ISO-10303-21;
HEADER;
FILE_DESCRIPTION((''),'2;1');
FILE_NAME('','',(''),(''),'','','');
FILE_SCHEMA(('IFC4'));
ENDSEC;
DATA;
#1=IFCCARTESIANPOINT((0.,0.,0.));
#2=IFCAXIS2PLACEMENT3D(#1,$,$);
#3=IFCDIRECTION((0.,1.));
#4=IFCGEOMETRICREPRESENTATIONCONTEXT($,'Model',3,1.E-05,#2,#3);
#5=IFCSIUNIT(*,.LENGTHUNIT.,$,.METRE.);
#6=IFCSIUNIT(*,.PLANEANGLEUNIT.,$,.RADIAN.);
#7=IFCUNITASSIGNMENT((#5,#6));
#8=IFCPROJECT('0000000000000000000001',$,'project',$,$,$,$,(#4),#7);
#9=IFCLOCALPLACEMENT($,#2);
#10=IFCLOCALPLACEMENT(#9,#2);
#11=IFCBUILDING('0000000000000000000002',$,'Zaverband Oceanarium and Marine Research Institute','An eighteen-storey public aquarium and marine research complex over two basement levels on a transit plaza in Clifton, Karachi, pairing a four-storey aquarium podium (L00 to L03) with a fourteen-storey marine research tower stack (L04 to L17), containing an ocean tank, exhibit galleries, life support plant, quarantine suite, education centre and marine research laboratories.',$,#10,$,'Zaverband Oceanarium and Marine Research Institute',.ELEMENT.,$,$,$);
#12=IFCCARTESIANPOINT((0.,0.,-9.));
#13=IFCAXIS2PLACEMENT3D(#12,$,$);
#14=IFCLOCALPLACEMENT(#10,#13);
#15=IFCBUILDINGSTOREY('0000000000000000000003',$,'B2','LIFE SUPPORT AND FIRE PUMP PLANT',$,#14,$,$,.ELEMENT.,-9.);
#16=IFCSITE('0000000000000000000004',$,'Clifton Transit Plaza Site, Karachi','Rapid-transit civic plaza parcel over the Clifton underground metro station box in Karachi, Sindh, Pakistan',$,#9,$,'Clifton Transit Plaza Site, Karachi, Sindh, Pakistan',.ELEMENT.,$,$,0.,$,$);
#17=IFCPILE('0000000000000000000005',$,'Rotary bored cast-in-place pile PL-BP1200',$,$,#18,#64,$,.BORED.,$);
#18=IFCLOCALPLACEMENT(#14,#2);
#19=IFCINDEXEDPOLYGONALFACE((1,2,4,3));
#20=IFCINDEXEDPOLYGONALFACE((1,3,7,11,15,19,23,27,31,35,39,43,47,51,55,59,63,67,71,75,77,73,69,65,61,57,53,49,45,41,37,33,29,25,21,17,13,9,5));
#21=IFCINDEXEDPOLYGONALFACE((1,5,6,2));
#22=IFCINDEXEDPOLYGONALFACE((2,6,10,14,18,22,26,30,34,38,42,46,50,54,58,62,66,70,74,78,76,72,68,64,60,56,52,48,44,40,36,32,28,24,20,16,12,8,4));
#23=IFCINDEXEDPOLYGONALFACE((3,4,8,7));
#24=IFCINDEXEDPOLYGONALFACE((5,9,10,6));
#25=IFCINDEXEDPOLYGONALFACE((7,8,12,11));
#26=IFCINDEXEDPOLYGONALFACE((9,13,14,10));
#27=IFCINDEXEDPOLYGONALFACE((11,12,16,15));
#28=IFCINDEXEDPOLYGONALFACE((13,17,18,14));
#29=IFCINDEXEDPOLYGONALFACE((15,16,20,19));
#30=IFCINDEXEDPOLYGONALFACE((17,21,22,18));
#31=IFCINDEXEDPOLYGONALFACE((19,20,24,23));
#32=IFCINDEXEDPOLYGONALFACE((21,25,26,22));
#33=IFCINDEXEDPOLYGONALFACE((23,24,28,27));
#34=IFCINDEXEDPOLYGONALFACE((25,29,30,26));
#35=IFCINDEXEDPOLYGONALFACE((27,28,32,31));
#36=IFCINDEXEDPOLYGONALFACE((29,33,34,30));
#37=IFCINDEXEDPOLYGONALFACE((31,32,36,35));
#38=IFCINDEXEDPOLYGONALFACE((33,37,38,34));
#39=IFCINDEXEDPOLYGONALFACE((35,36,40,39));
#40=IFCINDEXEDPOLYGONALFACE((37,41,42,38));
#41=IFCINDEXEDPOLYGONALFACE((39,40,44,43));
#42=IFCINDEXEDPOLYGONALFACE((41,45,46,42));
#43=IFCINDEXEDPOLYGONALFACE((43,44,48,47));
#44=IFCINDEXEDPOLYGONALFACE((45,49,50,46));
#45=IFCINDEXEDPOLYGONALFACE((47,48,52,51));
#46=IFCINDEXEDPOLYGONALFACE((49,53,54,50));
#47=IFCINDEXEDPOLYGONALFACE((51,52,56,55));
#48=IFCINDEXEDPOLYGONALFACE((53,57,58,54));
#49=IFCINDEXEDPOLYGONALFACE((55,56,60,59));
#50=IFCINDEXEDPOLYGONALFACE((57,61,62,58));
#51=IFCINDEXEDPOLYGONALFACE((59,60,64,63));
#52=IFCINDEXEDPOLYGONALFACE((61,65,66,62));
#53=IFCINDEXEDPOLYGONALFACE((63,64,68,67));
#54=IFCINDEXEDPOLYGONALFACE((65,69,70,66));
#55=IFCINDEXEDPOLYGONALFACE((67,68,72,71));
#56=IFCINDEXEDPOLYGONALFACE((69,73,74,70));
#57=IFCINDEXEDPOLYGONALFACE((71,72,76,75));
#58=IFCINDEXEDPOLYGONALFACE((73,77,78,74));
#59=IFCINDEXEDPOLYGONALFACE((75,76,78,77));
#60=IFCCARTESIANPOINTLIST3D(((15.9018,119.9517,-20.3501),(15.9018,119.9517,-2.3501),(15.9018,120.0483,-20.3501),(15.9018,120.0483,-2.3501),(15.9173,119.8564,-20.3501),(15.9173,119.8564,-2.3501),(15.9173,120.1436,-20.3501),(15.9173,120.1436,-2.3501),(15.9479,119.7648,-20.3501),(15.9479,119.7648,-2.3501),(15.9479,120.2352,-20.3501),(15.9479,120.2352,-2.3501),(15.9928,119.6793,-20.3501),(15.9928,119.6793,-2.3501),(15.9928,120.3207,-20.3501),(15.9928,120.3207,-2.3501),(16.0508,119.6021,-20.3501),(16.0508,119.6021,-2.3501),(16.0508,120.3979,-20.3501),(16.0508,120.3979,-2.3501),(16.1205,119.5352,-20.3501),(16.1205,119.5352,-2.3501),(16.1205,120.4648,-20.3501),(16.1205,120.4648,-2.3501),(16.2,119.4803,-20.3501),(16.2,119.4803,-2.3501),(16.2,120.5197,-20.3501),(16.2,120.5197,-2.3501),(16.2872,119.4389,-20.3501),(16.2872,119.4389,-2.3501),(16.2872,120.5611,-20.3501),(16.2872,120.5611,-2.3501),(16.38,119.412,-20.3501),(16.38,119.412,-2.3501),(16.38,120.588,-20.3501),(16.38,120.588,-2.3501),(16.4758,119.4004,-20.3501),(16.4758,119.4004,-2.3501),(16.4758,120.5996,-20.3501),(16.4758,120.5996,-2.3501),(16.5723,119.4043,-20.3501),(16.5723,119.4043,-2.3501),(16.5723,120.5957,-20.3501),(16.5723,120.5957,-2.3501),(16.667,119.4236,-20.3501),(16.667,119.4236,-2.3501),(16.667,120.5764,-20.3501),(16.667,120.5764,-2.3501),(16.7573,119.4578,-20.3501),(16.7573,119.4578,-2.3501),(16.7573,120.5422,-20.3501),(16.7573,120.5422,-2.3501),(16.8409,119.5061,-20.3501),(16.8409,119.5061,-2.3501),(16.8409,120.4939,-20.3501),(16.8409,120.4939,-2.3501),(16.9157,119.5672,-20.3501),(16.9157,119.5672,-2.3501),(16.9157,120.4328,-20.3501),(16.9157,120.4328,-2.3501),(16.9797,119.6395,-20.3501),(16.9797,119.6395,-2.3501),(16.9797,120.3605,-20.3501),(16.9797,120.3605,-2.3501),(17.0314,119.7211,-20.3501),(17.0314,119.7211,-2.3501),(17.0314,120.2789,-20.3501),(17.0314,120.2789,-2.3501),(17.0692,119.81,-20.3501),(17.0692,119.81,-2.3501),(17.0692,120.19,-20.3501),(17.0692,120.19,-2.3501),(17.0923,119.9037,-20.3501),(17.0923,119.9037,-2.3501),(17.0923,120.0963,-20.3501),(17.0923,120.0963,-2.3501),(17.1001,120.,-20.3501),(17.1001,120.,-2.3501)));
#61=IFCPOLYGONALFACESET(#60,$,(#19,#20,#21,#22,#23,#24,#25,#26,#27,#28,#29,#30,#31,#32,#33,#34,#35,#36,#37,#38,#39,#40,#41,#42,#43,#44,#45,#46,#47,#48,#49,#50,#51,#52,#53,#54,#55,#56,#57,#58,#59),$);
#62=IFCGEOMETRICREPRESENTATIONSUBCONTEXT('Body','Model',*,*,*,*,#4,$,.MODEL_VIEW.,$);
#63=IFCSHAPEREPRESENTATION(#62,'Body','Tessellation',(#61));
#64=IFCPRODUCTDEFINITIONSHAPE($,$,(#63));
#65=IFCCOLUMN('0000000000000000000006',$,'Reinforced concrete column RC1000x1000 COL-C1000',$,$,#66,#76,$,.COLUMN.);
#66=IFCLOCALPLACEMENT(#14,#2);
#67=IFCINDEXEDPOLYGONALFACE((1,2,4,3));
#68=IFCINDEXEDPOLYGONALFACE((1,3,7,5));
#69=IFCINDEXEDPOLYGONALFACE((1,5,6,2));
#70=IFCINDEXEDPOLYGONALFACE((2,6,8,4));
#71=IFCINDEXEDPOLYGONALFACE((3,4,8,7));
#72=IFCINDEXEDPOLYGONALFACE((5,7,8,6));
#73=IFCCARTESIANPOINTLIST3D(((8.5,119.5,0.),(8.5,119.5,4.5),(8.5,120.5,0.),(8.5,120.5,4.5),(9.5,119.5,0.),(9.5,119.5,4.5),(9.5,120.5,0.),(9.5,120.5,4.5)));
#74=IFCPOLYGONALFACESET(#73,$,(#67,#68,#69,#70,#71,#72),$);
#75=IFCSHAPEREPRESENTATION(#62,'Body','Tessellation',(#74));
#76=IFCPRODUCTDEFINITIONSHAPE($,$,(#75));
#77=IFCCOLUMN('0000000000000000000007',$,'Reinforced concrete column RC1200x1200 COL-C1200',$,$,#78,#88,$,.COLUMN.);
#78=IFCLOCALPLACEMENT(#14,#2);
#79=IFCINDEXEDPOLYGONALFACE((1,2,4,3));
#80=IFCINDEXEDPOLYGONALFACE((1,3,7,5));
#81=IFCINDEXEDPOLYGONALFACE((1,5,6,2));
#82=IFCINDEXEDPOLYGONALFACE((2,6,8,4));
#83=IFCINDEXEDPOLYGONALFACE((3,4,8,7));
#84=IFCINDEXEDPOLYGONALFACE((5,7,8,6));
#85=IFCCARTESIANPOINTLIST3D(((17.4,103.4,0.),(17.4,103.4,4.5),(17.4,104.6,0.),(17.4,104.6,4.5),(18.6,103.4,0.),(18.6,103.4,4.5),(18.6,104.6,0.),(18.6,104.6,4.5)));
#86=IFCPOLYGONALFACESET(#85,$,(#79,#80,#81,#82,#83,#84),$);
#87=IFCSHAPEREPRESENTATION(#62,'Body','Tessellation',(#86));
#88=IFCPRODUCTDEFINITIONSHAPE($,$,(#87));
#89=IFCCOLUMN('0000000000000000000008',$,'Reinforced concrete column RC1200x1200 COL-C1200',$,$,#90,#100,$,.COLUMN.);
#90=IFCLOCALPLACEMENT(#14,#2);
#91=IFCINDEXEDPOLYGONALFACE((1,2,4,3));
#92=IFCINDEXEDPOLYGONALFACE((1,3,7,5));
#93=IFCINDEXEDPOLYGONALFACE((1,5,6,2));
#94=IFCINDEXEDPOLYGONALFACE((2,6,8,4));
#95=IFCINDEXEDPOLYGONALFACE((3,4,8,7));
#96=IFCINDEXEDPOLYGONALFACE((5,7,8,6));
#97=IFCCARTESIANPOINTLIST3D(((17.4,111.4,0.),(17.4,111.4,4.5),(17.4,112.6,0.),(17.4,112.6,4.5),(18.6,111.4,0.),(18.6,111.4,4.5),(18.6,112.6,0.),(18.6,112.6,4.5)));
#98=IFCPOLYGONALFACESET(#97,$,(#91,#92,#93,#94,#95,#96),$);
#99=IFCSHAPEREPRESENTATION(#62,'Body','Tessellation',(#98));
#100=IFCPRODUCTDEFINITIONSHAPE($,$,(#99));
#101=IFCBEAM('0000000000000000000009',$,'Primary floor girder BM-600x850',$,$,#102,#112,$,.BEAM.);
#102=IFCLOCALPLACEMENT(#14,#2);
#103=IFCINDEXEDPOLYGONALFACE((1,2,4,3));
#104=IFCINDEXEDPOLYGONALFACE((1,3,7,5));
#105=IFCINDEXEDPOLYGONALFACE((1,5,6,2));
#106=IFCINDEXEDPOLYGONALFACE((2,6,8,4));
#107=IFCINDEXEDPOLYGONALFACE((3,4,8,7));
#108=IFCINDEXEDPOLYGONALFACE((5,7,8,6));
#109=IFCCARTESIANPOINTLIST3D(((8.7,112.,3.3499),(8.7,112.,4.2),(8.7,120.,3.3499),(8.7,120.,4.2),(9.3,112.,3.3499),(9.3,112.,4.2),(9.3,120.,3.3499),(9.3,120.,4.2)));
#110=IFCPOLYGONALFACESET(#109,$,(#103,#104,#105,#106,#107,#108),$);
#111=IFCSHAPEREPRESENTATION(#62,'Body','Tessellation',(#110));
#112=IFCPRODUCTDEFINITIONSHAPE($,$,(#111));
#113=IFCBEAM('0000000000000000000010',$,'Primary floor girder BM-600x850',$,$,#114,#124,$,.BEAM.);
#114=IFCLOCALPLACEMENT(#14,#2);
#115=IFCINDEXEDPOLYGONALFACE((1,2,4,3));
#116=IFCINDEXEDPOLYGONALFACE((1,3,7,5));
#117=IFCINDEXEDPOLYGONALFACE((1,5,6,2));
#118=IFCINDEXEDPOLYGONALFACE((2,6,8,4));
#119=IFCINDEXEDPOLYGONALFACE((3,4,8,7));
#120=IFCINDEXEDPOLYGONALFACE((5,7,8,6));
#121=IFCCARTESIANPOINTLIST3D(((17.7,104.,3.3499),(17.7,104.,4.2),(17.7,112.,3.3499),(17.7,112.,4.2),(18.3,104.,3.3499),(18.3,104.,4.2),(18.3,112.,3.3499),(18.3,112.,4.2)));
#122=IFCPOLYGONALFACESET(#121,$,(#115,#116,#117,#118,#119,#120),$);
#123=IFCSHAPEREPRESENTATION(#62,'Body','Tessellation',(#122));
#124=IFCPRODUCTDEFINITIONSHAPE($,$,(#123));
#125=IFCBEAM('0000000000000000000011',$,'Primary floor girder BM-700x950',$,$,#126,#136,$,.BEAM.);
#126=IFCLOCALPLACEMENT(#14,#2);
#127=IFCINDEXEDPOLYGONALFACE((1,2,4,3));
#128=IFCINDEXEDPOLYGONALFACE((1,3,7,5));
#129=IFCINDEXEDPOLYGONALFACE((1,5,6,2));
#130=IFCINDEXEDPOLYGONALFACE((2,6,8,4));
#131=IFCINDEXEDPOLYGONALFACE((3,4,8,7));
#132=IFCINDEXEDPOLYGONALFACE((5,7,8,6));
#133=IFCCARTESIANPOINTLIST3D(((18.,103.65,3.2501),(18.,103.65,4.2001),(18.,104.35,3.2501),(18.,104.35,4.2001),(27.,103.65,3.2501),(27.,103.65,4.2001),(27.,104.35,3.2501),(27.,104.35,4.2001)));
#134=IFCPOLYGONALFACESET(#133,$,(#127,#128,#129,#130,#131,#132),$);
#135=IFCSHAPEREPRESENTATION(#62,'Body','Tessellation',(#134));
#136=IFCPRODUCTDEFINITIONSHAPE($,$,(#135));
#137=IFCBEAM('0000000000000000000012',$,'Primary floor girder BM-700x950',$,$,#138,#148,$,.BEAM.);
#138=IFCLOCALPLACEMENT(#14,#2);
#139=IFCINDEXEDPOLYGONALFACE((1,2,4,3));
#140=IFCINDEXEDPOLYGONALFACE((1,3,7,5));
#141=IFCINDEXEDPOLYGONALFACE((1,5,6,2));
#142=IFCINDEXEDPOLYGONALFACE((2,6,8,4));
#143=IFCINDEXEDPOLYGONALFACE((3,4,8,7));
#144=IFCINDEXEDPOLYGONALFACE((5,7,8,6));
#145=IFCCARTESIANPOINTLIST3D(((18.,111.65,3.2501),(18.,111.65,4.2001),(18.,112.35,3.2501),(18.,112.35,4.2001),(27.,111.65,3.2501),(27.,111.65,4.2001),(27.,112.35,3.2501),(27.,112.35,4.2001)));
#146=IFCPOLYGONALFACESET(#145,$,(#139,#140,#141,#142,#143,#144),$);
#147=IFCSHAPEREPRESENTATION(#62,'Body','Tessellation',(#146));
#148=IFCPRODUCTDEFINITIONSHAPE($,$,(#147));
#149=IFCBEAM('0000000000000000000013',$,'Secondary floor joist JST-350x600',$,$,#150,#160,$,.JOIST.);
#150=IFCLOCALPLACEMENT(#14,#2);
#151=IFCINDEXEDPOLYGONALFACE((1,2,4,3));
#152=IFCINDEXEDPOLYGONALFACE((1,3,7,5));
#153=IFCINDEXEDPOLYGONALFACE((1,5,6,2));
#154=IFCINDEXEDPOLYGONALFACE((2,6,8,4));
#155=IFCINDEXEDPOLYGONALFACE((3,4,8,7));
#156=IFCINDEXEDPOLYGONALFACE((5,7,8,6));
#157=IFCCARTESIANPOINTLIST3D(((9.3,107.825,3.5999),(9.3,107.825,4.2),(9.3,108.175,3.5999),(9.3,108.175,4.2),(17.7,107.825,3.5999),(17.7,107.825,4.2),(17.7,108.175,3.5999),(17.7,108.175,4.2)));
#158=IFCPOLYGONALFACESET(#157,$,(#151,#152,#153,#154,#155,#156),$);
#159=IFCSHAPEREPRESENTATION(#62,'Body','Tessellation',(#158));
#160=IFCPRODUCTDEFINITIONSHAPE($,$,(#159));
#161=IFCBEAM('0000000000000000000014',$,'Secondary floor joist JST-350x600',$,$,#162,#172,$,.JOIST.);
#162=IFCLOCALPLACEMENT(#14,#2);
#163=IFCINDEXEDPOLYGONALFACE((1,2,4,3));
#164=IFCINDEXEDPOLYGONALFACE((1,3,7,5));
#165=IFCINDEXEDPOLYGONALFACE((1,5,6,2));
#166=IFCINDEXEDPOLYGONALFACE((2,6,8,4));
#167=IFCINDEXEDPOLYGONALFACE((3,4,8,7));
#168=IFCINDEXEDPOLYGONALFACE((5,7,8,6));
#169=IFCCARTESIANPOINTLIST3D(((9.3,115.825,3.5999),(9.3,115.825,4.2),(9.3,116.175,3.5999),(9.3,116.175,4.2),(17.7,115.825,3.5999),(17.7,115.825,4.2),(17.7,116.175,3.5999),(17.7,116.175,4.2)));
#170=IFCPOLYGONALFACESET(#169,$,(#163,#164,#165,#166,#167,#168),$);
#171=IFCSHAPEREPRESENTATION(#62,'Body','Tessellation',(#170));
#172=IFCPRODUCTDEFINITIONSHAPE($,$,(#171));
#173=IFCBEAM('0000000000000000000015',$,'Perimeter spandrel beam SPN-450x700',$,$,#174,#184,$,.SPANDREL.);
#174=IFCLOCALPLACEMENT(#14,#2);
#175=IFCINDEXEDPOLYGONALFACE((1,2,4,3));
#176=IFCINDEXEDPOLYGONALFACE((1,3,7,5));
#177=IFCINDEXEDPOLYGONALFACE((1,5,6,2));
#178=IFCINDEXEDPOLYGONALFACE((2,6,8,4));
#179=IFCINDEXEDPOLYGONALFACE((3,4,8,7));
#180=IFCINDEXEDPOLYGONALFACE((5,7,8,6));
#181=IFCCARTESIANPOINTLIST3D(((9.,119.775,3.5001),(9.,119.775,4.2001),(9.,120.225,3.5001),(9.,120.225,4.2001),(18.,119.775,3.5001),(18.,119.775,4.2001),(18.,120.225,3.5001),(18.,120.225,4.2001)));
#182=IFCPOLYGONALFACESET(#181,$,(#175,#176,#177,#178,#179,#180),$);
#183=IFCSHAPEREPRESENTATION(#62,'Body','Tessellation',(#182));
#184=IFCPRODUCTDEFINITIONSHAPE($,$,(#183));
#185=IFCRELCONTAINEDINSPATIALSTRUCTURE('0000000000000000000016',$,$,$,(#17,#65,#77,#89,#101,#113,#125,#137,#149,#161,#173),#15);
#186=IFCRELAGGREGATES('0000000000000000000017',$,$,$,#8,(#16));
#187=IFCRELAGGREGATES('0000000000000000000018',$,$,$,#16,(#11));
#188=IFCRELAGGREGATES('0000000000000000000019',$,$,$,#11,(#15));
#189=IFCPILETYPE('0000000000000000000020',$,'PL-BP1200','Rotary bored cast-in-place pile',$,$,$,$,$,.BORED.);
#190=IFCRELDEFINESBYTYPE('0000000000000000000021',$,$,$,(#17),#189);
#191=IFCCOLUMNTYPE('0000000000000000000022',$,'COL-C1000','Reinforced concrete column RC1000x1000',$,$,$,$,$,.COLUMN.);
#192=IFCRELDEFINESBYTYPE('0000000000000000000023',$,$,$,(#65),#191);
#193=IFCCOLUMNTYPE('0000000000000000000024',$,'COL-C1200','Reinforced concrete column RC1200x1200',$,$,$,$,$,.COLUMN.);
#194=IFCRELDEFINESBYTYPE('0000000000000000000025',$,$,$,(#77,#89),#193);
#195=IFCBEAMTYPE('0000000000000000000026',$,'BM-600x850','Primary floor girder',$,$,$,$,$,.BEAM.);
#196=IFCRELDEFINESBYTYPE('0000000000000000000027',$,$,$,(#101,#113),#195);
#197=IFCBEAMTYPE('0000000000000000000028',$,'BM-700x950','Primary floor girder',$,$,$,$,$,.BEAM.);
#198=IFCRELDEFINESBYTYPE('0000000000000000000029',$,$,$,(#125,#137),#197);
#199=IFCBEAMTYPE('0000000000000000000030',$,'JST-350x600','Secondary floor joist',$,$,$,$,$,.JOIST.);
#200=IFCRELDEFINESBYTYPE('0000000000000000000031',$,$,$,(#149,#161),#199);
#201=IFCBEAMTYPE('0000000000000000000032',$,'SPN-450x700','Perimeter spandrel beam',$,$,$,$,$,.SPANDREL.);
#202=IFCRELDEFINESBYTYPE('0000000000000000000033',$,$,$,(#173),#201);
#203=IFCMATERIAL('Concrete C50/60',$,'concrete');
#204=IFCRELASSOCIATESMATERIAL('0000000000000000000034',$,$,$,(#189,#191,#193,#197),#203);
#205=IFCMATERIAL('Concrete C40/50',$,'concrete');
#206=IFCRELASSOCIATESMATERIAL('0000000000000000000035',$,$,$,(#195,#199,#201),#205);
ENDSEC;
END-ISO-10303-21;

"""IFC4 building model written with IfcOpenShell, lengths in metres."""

from ifc_helpers import new_model, si_unit, direction, frame, origin, origin_2d, place, context, subcontext, project, spatial, rectangle, circle, extrude, material, material_profile, profile_set, type_object, element, save


model = new_model("IFC4")

# Units and contexts
model_context = context("Model", 3, precision=1e-05, world=origin(), true_north=direction((0.0, 1.0)))
body_context = subcontext(model_context, "Body", "Model", "MODEL_VIEW")
ifc_project = project(units=[si_unit("LENGTHUNIT", "METRE"), si_unit("PLANEANGLEUNIT", "RADIAN")], contexts=[model_context])

# Site, building, storey
site_placement = place(None, origin())
site = spatial("IfcSite", under=ifc_project, at=site_placement, Name="Clifton Transit Plaza Site, Karachi", Description="Rapid-transit civic plaza parcel over the Clifton underground metro station box in Karachi, Sindh, Pakistan", LongName="Clifton Transit Plaza Site, Karachi, Sindh, Pakistan", CompositionType="ELEMENT", RefElevation=0.0)
building_placement = place(site_placement, origin())
building = spatial("IfcBuilding", under=site, at=building_placement, Name="Zaverband Oceanarium and Marine Research Institute", Description="An eighteen-storey public aquarium and marine research complex over two basement levels on a transit plaza in Clifton, Karachi, pairing a four-storey aquarium podium (L00 to L03) with a fourteen-storey marine research tower stack (L04 to L17), containing an ocean tank, exhibit galleries, life support plant, quarantine suite, education centre and marine research laboratories.", LongName="Zaverband Oceanarium and Marine Research Institute", CompositionType="ELEMENT")
storey_placement = place(building_placement, frame((0.0, 0.0, -9.0)))
storey = spatial("IfcBuildingStorey", under=building, at=storey_placement, Name="B2", Description="LIFE SUPPORT AND FIRE PUMP PLANT", CompositionType="ELEMENT", Elevation=-9.0)

# Shared definitions
ifc_material_1 = material(Name="Concrete C50/60", Category="concrete")

# Pile
ifc_material_profile_1 = material_profile(ifc_material_1, circle(Radius=0.6001, at=origin_2d()), Name="BP1200")
ifc_profile_set_1 = profile_set([ifc_material_profile_1], Name="Concrete C50/60")
pile_type = type_object("IfcPileType", Name="PL-BP1200", Description="Rotary bored cast-in-place pile", PredefinedType="BORED", material=ifc_profile_set_1)
for number, where, z_axis, x_axis, name in (
    (1, (16.5, 120.0, -2.3501), (0.0, 0.0, -1.0), (1.0, 0.0, 0.0), "Rotary bored cast-in-place pile PL-BP1200"),
):
    element("IfcPile", number, at=place(storey_placement, frame(where, z_axis=z_axis, x_axis=x_axis)), inside=storey, type_object=pile_type, Name=name, PredefinedType="BORED", context=body_context, shape_type="SweptSolid", body=[
        extrude(circle(Radius=0.6001, at=origin_2d()), origin(), (0.0, 0.0, 1.0), 18.0),
    ])

# Columns
ifc_material_profile_2 = material_profile(ifc_material_1, rectangle(XDim=1.0, YDim=1.0, at=origin_2d()), Name="RC1000x1000")
ifc_profile_set_2 = profile_set([ifc_material_profile_2], Name="Concrete C50/60")
column_type_1 = type_object("IfcColumnType", Name="COL-C1000", Description="Reinforced concrete column RC1000x1000", PredefinedType="COLUMN", material=ifc_profile_set_2)
column_placement = place(storey_placement, frame((9.0, 120.0, 0.0), z_axis=(0.0, 0.0, 1.0), x_axis=(1.0, 0.0, 0.0)))
element("IfcColumn", 2, at=column_placement, inside=storey, type_object=column_type_1, Name="Reinforced concrete column RC1000x1000 COL-C1000", PredefinedType="COLUMN", context=body_context, shape_type="SweptSolid", body=[
    extrude(rectangle(XDim=1.0, YDim=1.0, at=origin_2d()), origin(), (0.0, 0.0, 1.0), 4.5),
])
ifc_material_profile_3 = material_profile(ifc_material_1, rectangle(XDim=1.2, YDim=1.2, at=origin_2d()), Name="RC1200x1200")
ifc_profile_set_3 = profile_set([ifc_material_profile_3], Name="Concrete C50/60")
column_type_2 = type_object("IfcColumnType", Name="COL-C1200", Description="Reinforced concrete column RC1200x1200", PredefinedType="COLUMN", material=ifc_profile_set_3)
for number, where, z_axis, x_axis, name in (
    (3, (18.0, 104.0, 0.0), (0.0, 0.0, 1.0), (1.0, 0.0, 0.0), "Reinforced concrete column RC1200x1200 COL-C1200"),
    (4, (18.0, 112.0, 0.0), (0.0, 0.0, 1.0), (1.0, 0.0, 0.0), "Reinforced concrete column RC1200x1200 COL-C1200"),
):
    element("IfcColumn", number, at=place(storey_placement, frame(where, z_axis=z_axis, x_axis=x_axis)), inside=storey, type_object=column_type_2, Name=name, PredefinedType="COLUMN", context=body_context, shape_type="SweptSolid", body=[
        extrude(rectangle(XDim=1.2, YDim=1.2, at=origin_2d()), origin(), (0.0, 0.0, 1.0), 4.5),
    ])

# Beams
ifc_material_2 = material(Name="Concrete C40/50", Category="concrete")
ifc_material_profile_4 = material_profile(ifc_material_2, rectangle(XDim=0.6001, YDim=0.8501, at=origin_2d()), Name="RC600x850")
ifc_profile_set_4 = profile_set([ifc_material_profile_4], Name="Concrete C40/50")
beam_type_1 = type_object("IfcBeamType", Name="BM-600x850", Description="Primary floor girder", PredefinedType="BEAM", material=ifc_profile_set_4)
for number, where, z_axis, x_axis, name in (
    (5, (9.0, 112.0, 3.7749), (0.0, 1.0, 0.0), (-1.0, 0.0, 0.0), "Primary floor girder BM-600x850"),
    (6, (18.0, 104.0, 3.7749), (0.0, 1.0, 0.0), (-1.0, 0.0, 0.0), "Primary floor girder BM-600x850"),
):
    element("IfcBeam", number, at=place(storey_placement, frame(where, z_axis=z_axis, x_axis=x_axis)), inside=storey, type_object=beam_type_1, Name=name, PredefinedType="BEAM", context=body_context, shape_type="SweptSolid", body=[
        extrude(rectangle(XDim=0.6001, YDim=0.8501, at=origin_2d()), origin(), (0.0, 0.0, 1.0), 8.0),
    ])
ifc_material_profile_5 = material_profile(ifc_material_1, rectangle(XDim=0.7, YDim=0.95, at=origin_2d()), Name="RC700x950")
ifc_profile_set_5 = profile_set([ifc_material_profile_5], Name="Concrete C50/60")
beam_type_2 = type_object("IfcBeamType", Name="BM-700x950", Description="Primary floor girder", PredefinedType="BEAM", material=ifc_profile_set_5)
for number, where, z_axis, x_axis, name in (
    (7, (18.0, 104.0, 3.7251), (1.0, 0.0, 0.0), (0.0, 1.0, 0.0), "Primary floor girder BM-700x950"),
    (8, (18.0, 112.0, 3.7251), (1.0, 0.0, 0.0), (0.0, 1.0, 0.0), "Primary floor girder BM-700x950"),
):
    element("IfcBeam", number, at=place(storey_placement, frame(where, z_axis=z_axis, x_axis=x_axis)), inside=storey, type_object=beam_type_2, Name=name, PredefinedType="BEAM", context=body_context, shape_type="SweptSolid", body=[
        extrude(rectangle(XDim=0.7, YDim=0.95, at=origin_2d()), origin(), (0.0, 0.0, 1.0), 9.0),
    ])
ifc_material_profile_6 = material_profile(ifc_material_2, rectangle(XDim=0.3501, YDim=0.6001, at=origin_2d()), Name="RC350x600")
ifc_profile_set_6 = profile_set([ifc_material_profile_6], Name="Concrete C40/50")
beam_type_3 = type_object("IfcBeamType", Name="JST-350x600", Description="Secondary floor joist", PredefinedType="JOIST", material=ifc_profile_set_6)
for number, where, z_axis, x_axis, name in (
    (9, (9.3, 108.0, 3.8999), (1.0, 0.0, 0.0), (0.0, 1.0, 0.0), "Secondary floor joist JST-350x600"),
    (10, (9.3, 116.0, 3.8999), (1.0, 0.0, 0.0), (0.0, 1.0, 0.0), "Secondary floor joist JST-350x600"),
):
    element("IfcBeam", number, at=place(storey_placement, frame(where, z_axis=z_axis, x_axis=x_axis)), inside=storey, type_object=beam_type_3, Name=name, PredefinedType="JOIST", context=body_context, shape_type="SweptSolid", body=[
        extrude(rectangle(XDim=0.3501, YDim=0.6001, at=origin_2d()), origin(), (0.0, 0.0, 1.0), 8.3999),
    ])
ifc_material_profile_7 = material_profile(ifc_material_2, rectangle(XDim=0.45, YDim=0.7, at=origin_2d()), Name="RC450x700")
ifc_profile_set_7 = profile_set([ifc_material_profile_7], Name="Concrete C40/50")
beam_type_4 = type_object("IfcBeamType", Name="SPN-450x700", Description="Perimeter spandrel beam", PredefinedType="SPANDREL", material=ifc_profile_set_7)
beam_placement = place(storey_placement, frame((9.0, 120.0, 3.8501), z_axis=(1.0, 0.0, 0.0), x_axis=(0.0, 1.0, 0.0)))
element("IfcBeam", 11, at=beam_placement, inside=storey, type_object=beam_type_4, Name="Perimeter spandrel beam SPN-450x700", PredefinedType="SPANDREL", context=body_context, shape_type="SweptSolid", body=[
    extrude(rectangle(XDim=0.45, YDim=0.7, at=origin_2d()), origin(), (0.0, 0.0, 1.0), 9.0),
])

save(model, "model.ifc")
